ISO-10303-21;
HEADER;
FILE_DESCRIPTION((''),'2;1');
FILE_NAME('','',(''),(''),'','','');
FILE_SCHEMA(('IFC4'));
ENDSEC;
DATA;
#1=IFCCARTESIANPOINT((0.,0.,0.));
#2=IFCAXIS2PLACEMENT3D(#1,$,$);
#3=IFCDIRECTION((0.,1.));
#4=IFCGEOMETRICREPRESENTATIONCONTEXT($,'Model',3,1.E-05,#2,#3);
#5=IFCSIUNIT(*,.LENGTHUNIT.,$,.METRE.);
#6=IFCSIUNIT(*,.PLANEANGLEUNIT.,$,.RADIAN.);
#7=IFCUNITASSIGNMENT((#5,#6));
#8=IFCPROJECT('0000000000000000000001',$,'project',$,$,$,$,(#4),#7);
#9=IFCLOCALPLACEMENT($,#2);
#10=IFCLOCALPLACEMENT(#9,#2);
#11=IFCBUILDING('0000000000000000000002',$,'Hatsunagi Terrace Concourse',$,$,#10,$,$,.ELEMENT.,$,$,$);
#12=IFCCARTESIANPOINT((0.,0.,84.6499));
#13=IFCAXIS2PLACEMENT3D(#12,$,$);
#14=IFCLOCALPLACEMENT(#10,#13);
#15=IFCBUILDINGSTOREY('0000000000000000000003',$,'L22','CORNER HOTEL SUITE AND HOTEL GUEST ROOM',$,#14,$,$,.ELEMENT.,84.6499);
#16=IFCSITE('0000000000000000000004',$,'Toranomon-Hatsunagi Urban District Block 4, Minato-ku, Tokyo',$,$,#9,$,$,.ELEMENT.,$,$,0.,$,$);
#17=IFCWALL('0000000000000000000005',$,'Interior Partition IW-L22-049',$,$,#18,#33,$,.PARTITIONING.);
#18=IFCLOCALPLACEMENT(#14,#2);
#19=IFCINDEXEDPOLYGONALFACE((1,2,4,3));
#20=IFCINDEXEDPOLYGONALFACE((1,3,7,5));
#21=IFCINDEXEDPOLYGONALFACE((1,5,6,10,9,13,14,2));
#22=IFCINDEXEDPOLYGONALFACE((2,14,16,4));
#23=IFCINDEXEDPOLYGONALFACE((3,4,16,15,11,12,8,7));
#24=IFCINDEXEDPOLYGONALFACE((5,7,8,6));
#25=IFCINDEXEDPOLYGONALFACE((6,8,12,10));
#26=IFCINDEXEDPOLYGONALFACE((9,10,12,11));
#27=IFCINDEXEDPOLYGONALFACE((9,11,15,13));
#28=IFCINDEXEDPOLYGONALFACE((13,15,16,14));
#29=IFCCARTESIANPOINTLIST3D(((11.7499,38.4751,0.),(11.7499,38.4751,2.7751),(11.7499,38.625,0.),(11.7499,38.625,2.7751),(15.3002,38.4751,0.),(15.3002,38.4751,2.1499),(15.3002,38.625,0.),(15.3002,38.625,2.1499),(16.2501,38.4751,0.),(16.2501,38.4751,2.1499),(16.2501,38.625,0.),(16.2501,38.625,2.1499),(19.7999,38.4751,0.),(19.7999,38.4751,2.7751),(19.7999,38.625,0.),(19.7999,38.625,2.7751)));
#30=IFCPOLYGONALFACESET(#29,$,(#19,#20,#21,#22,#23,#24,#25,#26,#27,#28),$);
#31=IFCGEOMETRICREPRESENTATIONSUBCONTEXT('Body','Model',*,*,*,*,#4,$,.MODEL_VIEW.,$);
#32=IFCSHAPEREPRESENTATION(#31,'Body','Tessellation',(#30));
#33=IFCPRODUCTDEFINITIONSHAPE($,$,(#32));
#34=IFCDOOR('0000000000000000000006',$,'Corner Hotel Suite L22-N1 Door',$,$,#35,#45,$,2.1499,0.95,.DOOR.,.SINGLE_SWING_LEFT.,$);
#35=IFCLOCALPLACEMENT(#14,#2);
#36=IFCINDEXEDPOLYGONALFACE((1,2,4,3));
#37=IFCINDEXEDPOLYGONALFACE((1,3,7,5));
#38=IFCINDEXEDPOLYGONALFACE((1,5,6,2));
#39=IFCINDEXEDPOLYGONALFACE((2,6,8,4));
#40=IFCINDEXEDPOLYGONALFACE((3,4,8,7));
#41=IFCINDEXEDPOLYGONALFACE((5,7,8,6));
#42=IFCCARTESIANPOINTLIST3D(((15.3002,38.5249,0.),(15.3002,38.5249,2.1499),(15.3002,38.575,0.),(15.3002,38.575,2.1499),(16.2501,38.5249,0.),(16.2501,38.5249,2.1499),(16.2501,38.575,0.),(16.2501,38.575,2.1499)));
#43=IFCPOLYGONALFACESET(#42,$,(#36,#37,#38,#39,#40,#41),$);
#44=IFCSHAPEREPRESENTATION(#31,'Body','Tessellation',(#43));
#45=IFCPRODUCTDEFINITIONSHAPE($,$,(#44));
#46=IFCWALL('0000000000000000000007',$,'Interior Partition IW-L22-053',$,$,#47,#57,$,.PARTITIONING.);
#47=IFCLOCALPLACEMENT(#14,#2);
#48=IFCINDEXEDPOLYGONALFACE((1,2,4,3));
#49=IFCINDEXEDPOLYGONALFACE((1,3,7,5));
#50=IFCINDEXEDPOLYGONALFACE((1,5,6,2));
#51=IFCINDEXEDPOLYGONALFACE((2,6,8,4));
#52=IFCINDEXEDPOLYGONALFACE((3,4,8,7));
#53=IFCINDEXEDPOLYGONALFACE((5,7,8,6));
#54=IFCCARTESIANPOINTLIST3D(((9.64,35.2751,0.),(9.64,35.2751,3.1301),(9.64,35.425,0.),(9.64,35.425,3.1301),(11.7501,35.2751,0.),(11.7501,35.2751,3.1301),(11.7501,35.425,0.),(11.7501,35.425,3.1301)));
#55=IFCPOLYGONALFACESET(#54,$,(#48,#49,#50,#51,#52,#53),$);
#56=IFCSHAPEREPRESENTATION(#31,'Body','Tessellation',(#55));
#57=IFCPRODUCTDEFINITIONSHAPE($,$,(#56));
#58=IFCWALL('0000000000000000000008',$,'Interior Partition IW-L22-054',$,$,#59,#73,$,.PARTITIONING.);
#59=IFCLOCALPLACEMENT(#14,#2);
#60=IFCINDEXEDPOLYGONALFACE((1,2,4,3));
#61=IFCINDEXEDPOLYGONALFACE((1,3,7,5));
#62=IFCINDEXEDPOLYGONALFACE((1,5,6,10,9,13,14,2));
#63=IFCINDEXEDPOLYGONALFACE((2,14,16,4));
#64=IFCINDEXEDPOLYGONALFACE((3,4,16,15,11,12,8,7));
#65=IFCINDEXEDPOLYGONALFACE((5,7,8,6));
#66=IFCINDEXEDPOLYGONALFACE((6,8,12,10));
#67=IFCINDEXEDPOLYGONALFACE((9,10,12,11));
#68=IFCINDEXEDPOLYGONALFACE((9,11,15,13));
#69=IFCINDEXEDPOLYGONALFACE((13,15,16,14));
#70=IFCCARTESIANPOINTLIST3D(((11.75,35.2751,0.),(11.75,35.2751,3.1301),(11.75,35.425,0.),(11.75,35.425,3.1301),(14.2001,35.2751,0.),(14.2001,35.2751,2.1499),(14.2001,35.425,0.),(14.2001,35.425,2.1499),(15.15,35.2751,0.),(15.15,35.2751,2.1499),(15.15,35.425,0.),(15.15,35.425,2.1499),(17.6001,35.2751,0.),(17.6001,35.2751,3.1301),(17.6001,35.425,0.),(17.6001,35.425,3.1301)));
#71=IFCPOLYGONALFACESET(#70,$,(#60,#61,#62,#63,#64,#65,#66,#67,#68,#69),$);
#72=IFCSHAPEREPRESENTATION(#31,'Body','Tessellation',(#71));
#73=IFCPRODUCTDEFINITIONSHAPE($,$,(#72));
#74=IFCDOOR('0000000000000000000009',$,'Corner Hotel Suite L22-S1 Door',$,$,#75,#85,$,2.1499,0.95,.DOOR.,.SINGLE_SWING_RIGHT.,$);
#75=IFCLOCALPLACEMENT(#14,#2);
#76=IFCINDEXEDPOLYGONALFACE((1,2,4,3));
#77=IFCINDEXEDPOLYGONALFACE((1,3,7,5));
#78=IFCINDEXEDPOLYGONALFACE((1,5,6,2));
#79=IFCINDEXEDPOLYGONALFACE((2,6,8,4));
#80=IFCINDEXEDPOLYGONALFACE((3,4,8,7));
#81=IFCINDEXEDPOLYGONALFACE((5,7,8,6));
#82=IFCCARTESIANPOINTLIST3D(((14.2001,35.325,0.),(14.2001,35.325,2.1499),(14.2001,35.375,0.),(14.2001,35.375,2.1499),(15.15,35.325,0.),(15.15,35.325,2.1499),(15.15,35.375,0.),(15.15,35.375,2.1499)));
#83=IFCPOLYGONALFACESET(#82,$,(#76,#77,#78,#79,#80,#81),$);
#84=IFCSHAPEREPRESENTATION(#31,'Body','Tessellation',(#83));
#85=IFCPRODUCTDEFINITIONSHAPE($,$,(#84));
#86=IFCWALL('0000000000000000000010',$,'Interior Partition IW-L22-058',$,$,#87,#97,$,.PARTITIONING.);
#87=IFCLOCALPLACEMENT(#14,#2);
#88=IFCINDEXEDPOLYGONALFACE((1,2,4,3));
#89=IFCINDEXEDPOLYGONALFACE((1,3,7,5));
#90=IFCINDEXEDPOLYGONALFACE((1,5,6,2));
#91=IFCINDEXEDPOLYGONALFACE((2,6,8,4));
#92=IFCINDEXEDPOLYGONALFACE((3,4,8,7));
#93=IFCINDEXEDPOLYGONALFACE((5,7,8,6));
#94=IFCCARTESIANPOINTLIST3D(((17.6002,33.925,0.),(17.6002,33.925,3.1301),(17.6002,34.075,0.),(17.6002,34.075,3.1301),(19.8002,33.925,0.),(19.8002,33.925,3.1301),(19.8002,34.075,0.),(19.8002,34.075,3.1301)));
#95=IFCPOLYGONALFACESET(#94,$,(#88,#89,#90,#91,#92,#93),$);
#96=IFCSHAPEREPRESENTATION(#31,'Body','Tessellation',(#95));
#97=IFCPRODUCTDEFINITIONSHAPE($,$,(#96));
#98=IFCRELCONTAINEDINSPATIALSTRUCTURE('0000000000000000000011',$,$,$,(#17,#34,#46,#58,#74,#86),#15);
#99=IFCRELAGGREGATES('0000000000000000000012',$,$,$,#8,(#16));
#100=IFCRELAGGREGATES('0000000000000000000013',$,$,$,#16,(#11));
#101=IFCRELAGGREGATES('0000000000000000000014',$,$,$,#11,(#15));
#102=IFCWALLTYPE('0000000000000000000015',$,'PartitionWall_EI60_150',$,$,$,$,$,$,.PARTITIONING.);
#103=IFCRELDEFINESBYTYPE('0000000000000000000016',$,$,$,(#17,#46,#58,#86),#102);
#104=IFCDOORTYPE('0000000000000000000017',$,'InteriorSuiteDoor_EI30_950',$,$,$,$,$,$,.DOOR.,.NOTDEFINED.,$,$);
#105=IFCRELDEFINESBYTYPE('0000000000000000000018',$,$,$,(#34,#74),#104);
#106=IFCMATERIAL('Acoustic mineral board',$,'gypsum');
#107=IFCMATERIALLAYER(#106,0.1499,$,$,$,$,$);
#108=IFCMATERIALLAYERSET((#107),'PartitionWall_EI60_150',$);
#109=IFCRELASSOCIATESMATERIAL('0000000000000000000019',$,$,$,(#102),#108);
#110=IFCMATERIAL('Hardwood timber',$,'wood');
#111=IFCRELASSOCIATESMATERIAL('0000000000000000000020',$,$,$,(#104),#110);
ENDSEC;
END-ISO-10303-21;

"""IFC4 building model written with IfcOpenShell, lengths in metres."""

from ifc_helpers import new_model, si_unit, direction, frame, frame_2d, origin, place, context, subcontext, project, spatial, rectangle, extrude, material, layer, layer_set, type_object, element, fill, save


model = new_model("IFC4")

# Units and contexts
model_context = context("Model", 3, precision=1e-05, world=origin(), true_north=direction((0.0, 1.0)))
body_context = subcontext(model_context, "Body", "Model", "MODEL_VIEW")
ifc_project = project(units=[si_unit("LENGTHUNIT", "METRE"), si_unit("PLANEANGLEUNIT", "RADIAN")], contexts=[model_context])

# Site, building, storey
site_placement = place(None, origin())
site = spatial("IfcSite", under=ifc_project, at=site_placement, Name="Toranomon-Hatsunagi Urban District Block 4, Minato-ku, Tokyo", CompositionType="ELEMENT", RefElevation=0.0)
building_placement = place(site_placement, origin())
building = spatial("IfcBuilding", under=site, at=building_placement, Name="Hatsunagi Terrace Concourse", CompositionType="ELEMENT")
storey_placement = place(building_placement, frame((0.0, 0.0, 84.6499)))
storey = spatial("IfcBuildingStorey", under=building, at=storey_placement, Name="L22", Description="CORNER HOTEL SUITE AND HOTEL GUEST ROOM", CompositionType="ELEMENT", Elevation=84.6499)

# Shared definitions
ifc_material_1 = material(Name="Acoustic mineral board", Category="gypsum")
ifc_layer_1 = layer(ifc_material_1, 0.1499)
ifc_layer_set_1 = layer_set([ifc_layer_1], Name="PartitionWall_EI60_150")
wall_type_1 = type_object("IfcWallType", Name="PartitionWall_EI60_150", PredefinedType="PARTITIONING", material=ifc_layer_set_1)

# Wall, opening, door
wall_1_placement = place(storey_placement, frame((11.75, 38.55, 0.0), z_axis=(0.0, 0.0, 1.0), x_axis=(1.0, 0.0, 0.0)))
wall_1 = element("IfcWall", 1, at=wall_1_placement, inside=storey, type_object=wall_type_1, Name="Interior Partition IW-L22-049", PredefinedType="PARTITIONING", context=body_context, shape_type="SweptSolid", body=[
    extrude(rectangle(XDim=8.05, YDim=0.1499, at=frame_2d((4.0249, 0.0))), origin(), (0.0, 0.0, 1.0), 2.7751),
])
opening_1_placement = place(wall_1_placement, frame((3.55, 0.0, 0.0)))
opening_1 = element("IfcOpeningElement", 2, at=opening_1_placement, cuts=wall_1, PredefinedType="OPENING", context=body_context, shape_type="SweptSolid", body=[
    extrude(rectangle(XDim=0.95, YDim=2.1499, at=frame_2d((0.4751, 1.075))), frame((0.0, 0.085, 0.0), z_axis=(0.0, -1.0, 0.0), x_axis=(1.0, 0.0, 0.0)), (0.0, 0.0, 1.0), 0.1699),
])
ifc_material_2 = material(Name="Hardwood timber", Category="wood")
door_type_1 = type_object("IfcDoorType", Name="InteriorSuiteDoor_EI30_950", OperationType="NOTDEFINED", PredefinedType="DOOR", material=ifc_material_2)
door_1_placement = place(opening_1_placement, origin())
door_1 = element("IfcDoor", 3, at=door_1_placement, inside=storey, type_object=door_type_1, Name="Corner Hotel Suite L22-N1 Door", OperationType="SINGLE_SWING_LEFT", OverallHeight=2.1499, OverallWidth=0.95, PredefinedType="DOOR", context=body_context, shape_type="SweptSolid", body=[
    extrude(rectangle(XDim=0.95, YDim=2.1499, at=frame_2d((0.4751, 1.075))), frame((0.0, 0.0249, 0.0), z_axis=(0.0, -1.0, 0.0), x_axis=(1.0, 0.0, 0.0)), (0.0, 0.0, 1.0), 0.05),
])
fill(opening_1, door_1)

# Wall
wall_2_placement = place(storey_placement, frame((9.6399, 35.3501, 0.0), z_axis=(0.0, 0.0, 1.0), x_axis=(1.0, 0.0, 0.0)))
element("IfcWall", 4, at=wall_2_placement, inside=storey, type_object=wall_type_1, Name="Interior Partition IW-L22-053", PredefinedType="PARTITIONING", context=body_context, shape_type="SweptSolid", body=[
    extrude(rectangle(XDim=2.1101, YDim=0.1499, at=frame_2d((1.0552, 0.0))), origin(), (0.0, 0.0, 1.0), 3.1301),
])

# Wall, opening, door
wall_3_placement = place(storey_placement, frame((11.75, 35.3501, 0.0), z_axis=(0.0, 0.0, 1.0), x_axis=(1.0, 0.0, 0.0)))
wall_3 = element("IfcWall", 5, at=wall_3_placement, inside=storey, type_object=wall_type_1, Name="Interior Partition IW-L22-054", PredefinedType="PARTITIONING", context=body_context, shape_type="SweptSolid", body=[
    extrude(rectangle(XDim=5.8501, YDim=0.1499, at=frame_2d((2.925, 0.0))), origin(), (0.0, 0.0, 1.0), 3.1301),
])
opening_2_placement = place(wall_3_placement, frame((2.45, 0.0, 0.0)))
opening_2 = element("IfcOpeningElement", 6, at=opening_2_placement, cuts=wall_3, PredefinedType="OPENING", context=body_context, shape_type="SweptSolid", body=[
    extrude(rectangle(XDim=0.95, YDim=2.1499, at=frame_2d((0.4751, 1.075))), frame((0.0, 0.085, 0.0), z_axis=(0.0, -1.0, 0.0), x_axis=(1.0, 0.0, 0.0)), (0.0, 0.0, 1.0), 0.1699),
])
door_2_placement = place(opening_2_placement, origin())
door_2 = element("IfcDoor", 7, at=door_2_placement, inside=storey, type_object=door_type_1, Name="Corner Hotel Suite L22-S1 Door", OperationType="SINGLE_SWING_RIGHT", OverallHeight=2.1499, OverallWidth=0.95, PredefinedType="DOOR", context=body_context, shape_type="SweptSolid", body=[
    extrude(rectangle(XDim=0.95, YDim=2.1499, at=frame_2d((0.4751, 1.075))), frame((0.0, 0.0249, 0.0), z_axis=(0.0, -1.0, 0.0), x_axis=(1.0, 0.0, 0.0)), (0.0, 0.0, 1.0), 0.05),
])
fill(opening_2, door_2)

# Wall
wall_4_placement = place(storey_placement, frame((17.6001, 34.0, 0.0), z_axis=(0.0, 0.0, 1.0), x_axis=(1.0, 0.0, 0.0)))
element("IfcWall", 8, at=wall_4_placement, inside=storey, type_object=wall_type_1, Name="Interior Partition IW-L22-058", PredefinedType="PARTITIONING", context=body_context, shape_type="SweptSolid", body=[
    extrude(rectangle(XDim=2.2, YDim=0.1499, at=frame_2d((1.1001, 0.0))), origin(), (0.0, 0.0, 1.0), 3.1301),
])

save(model, "model.ifc")
